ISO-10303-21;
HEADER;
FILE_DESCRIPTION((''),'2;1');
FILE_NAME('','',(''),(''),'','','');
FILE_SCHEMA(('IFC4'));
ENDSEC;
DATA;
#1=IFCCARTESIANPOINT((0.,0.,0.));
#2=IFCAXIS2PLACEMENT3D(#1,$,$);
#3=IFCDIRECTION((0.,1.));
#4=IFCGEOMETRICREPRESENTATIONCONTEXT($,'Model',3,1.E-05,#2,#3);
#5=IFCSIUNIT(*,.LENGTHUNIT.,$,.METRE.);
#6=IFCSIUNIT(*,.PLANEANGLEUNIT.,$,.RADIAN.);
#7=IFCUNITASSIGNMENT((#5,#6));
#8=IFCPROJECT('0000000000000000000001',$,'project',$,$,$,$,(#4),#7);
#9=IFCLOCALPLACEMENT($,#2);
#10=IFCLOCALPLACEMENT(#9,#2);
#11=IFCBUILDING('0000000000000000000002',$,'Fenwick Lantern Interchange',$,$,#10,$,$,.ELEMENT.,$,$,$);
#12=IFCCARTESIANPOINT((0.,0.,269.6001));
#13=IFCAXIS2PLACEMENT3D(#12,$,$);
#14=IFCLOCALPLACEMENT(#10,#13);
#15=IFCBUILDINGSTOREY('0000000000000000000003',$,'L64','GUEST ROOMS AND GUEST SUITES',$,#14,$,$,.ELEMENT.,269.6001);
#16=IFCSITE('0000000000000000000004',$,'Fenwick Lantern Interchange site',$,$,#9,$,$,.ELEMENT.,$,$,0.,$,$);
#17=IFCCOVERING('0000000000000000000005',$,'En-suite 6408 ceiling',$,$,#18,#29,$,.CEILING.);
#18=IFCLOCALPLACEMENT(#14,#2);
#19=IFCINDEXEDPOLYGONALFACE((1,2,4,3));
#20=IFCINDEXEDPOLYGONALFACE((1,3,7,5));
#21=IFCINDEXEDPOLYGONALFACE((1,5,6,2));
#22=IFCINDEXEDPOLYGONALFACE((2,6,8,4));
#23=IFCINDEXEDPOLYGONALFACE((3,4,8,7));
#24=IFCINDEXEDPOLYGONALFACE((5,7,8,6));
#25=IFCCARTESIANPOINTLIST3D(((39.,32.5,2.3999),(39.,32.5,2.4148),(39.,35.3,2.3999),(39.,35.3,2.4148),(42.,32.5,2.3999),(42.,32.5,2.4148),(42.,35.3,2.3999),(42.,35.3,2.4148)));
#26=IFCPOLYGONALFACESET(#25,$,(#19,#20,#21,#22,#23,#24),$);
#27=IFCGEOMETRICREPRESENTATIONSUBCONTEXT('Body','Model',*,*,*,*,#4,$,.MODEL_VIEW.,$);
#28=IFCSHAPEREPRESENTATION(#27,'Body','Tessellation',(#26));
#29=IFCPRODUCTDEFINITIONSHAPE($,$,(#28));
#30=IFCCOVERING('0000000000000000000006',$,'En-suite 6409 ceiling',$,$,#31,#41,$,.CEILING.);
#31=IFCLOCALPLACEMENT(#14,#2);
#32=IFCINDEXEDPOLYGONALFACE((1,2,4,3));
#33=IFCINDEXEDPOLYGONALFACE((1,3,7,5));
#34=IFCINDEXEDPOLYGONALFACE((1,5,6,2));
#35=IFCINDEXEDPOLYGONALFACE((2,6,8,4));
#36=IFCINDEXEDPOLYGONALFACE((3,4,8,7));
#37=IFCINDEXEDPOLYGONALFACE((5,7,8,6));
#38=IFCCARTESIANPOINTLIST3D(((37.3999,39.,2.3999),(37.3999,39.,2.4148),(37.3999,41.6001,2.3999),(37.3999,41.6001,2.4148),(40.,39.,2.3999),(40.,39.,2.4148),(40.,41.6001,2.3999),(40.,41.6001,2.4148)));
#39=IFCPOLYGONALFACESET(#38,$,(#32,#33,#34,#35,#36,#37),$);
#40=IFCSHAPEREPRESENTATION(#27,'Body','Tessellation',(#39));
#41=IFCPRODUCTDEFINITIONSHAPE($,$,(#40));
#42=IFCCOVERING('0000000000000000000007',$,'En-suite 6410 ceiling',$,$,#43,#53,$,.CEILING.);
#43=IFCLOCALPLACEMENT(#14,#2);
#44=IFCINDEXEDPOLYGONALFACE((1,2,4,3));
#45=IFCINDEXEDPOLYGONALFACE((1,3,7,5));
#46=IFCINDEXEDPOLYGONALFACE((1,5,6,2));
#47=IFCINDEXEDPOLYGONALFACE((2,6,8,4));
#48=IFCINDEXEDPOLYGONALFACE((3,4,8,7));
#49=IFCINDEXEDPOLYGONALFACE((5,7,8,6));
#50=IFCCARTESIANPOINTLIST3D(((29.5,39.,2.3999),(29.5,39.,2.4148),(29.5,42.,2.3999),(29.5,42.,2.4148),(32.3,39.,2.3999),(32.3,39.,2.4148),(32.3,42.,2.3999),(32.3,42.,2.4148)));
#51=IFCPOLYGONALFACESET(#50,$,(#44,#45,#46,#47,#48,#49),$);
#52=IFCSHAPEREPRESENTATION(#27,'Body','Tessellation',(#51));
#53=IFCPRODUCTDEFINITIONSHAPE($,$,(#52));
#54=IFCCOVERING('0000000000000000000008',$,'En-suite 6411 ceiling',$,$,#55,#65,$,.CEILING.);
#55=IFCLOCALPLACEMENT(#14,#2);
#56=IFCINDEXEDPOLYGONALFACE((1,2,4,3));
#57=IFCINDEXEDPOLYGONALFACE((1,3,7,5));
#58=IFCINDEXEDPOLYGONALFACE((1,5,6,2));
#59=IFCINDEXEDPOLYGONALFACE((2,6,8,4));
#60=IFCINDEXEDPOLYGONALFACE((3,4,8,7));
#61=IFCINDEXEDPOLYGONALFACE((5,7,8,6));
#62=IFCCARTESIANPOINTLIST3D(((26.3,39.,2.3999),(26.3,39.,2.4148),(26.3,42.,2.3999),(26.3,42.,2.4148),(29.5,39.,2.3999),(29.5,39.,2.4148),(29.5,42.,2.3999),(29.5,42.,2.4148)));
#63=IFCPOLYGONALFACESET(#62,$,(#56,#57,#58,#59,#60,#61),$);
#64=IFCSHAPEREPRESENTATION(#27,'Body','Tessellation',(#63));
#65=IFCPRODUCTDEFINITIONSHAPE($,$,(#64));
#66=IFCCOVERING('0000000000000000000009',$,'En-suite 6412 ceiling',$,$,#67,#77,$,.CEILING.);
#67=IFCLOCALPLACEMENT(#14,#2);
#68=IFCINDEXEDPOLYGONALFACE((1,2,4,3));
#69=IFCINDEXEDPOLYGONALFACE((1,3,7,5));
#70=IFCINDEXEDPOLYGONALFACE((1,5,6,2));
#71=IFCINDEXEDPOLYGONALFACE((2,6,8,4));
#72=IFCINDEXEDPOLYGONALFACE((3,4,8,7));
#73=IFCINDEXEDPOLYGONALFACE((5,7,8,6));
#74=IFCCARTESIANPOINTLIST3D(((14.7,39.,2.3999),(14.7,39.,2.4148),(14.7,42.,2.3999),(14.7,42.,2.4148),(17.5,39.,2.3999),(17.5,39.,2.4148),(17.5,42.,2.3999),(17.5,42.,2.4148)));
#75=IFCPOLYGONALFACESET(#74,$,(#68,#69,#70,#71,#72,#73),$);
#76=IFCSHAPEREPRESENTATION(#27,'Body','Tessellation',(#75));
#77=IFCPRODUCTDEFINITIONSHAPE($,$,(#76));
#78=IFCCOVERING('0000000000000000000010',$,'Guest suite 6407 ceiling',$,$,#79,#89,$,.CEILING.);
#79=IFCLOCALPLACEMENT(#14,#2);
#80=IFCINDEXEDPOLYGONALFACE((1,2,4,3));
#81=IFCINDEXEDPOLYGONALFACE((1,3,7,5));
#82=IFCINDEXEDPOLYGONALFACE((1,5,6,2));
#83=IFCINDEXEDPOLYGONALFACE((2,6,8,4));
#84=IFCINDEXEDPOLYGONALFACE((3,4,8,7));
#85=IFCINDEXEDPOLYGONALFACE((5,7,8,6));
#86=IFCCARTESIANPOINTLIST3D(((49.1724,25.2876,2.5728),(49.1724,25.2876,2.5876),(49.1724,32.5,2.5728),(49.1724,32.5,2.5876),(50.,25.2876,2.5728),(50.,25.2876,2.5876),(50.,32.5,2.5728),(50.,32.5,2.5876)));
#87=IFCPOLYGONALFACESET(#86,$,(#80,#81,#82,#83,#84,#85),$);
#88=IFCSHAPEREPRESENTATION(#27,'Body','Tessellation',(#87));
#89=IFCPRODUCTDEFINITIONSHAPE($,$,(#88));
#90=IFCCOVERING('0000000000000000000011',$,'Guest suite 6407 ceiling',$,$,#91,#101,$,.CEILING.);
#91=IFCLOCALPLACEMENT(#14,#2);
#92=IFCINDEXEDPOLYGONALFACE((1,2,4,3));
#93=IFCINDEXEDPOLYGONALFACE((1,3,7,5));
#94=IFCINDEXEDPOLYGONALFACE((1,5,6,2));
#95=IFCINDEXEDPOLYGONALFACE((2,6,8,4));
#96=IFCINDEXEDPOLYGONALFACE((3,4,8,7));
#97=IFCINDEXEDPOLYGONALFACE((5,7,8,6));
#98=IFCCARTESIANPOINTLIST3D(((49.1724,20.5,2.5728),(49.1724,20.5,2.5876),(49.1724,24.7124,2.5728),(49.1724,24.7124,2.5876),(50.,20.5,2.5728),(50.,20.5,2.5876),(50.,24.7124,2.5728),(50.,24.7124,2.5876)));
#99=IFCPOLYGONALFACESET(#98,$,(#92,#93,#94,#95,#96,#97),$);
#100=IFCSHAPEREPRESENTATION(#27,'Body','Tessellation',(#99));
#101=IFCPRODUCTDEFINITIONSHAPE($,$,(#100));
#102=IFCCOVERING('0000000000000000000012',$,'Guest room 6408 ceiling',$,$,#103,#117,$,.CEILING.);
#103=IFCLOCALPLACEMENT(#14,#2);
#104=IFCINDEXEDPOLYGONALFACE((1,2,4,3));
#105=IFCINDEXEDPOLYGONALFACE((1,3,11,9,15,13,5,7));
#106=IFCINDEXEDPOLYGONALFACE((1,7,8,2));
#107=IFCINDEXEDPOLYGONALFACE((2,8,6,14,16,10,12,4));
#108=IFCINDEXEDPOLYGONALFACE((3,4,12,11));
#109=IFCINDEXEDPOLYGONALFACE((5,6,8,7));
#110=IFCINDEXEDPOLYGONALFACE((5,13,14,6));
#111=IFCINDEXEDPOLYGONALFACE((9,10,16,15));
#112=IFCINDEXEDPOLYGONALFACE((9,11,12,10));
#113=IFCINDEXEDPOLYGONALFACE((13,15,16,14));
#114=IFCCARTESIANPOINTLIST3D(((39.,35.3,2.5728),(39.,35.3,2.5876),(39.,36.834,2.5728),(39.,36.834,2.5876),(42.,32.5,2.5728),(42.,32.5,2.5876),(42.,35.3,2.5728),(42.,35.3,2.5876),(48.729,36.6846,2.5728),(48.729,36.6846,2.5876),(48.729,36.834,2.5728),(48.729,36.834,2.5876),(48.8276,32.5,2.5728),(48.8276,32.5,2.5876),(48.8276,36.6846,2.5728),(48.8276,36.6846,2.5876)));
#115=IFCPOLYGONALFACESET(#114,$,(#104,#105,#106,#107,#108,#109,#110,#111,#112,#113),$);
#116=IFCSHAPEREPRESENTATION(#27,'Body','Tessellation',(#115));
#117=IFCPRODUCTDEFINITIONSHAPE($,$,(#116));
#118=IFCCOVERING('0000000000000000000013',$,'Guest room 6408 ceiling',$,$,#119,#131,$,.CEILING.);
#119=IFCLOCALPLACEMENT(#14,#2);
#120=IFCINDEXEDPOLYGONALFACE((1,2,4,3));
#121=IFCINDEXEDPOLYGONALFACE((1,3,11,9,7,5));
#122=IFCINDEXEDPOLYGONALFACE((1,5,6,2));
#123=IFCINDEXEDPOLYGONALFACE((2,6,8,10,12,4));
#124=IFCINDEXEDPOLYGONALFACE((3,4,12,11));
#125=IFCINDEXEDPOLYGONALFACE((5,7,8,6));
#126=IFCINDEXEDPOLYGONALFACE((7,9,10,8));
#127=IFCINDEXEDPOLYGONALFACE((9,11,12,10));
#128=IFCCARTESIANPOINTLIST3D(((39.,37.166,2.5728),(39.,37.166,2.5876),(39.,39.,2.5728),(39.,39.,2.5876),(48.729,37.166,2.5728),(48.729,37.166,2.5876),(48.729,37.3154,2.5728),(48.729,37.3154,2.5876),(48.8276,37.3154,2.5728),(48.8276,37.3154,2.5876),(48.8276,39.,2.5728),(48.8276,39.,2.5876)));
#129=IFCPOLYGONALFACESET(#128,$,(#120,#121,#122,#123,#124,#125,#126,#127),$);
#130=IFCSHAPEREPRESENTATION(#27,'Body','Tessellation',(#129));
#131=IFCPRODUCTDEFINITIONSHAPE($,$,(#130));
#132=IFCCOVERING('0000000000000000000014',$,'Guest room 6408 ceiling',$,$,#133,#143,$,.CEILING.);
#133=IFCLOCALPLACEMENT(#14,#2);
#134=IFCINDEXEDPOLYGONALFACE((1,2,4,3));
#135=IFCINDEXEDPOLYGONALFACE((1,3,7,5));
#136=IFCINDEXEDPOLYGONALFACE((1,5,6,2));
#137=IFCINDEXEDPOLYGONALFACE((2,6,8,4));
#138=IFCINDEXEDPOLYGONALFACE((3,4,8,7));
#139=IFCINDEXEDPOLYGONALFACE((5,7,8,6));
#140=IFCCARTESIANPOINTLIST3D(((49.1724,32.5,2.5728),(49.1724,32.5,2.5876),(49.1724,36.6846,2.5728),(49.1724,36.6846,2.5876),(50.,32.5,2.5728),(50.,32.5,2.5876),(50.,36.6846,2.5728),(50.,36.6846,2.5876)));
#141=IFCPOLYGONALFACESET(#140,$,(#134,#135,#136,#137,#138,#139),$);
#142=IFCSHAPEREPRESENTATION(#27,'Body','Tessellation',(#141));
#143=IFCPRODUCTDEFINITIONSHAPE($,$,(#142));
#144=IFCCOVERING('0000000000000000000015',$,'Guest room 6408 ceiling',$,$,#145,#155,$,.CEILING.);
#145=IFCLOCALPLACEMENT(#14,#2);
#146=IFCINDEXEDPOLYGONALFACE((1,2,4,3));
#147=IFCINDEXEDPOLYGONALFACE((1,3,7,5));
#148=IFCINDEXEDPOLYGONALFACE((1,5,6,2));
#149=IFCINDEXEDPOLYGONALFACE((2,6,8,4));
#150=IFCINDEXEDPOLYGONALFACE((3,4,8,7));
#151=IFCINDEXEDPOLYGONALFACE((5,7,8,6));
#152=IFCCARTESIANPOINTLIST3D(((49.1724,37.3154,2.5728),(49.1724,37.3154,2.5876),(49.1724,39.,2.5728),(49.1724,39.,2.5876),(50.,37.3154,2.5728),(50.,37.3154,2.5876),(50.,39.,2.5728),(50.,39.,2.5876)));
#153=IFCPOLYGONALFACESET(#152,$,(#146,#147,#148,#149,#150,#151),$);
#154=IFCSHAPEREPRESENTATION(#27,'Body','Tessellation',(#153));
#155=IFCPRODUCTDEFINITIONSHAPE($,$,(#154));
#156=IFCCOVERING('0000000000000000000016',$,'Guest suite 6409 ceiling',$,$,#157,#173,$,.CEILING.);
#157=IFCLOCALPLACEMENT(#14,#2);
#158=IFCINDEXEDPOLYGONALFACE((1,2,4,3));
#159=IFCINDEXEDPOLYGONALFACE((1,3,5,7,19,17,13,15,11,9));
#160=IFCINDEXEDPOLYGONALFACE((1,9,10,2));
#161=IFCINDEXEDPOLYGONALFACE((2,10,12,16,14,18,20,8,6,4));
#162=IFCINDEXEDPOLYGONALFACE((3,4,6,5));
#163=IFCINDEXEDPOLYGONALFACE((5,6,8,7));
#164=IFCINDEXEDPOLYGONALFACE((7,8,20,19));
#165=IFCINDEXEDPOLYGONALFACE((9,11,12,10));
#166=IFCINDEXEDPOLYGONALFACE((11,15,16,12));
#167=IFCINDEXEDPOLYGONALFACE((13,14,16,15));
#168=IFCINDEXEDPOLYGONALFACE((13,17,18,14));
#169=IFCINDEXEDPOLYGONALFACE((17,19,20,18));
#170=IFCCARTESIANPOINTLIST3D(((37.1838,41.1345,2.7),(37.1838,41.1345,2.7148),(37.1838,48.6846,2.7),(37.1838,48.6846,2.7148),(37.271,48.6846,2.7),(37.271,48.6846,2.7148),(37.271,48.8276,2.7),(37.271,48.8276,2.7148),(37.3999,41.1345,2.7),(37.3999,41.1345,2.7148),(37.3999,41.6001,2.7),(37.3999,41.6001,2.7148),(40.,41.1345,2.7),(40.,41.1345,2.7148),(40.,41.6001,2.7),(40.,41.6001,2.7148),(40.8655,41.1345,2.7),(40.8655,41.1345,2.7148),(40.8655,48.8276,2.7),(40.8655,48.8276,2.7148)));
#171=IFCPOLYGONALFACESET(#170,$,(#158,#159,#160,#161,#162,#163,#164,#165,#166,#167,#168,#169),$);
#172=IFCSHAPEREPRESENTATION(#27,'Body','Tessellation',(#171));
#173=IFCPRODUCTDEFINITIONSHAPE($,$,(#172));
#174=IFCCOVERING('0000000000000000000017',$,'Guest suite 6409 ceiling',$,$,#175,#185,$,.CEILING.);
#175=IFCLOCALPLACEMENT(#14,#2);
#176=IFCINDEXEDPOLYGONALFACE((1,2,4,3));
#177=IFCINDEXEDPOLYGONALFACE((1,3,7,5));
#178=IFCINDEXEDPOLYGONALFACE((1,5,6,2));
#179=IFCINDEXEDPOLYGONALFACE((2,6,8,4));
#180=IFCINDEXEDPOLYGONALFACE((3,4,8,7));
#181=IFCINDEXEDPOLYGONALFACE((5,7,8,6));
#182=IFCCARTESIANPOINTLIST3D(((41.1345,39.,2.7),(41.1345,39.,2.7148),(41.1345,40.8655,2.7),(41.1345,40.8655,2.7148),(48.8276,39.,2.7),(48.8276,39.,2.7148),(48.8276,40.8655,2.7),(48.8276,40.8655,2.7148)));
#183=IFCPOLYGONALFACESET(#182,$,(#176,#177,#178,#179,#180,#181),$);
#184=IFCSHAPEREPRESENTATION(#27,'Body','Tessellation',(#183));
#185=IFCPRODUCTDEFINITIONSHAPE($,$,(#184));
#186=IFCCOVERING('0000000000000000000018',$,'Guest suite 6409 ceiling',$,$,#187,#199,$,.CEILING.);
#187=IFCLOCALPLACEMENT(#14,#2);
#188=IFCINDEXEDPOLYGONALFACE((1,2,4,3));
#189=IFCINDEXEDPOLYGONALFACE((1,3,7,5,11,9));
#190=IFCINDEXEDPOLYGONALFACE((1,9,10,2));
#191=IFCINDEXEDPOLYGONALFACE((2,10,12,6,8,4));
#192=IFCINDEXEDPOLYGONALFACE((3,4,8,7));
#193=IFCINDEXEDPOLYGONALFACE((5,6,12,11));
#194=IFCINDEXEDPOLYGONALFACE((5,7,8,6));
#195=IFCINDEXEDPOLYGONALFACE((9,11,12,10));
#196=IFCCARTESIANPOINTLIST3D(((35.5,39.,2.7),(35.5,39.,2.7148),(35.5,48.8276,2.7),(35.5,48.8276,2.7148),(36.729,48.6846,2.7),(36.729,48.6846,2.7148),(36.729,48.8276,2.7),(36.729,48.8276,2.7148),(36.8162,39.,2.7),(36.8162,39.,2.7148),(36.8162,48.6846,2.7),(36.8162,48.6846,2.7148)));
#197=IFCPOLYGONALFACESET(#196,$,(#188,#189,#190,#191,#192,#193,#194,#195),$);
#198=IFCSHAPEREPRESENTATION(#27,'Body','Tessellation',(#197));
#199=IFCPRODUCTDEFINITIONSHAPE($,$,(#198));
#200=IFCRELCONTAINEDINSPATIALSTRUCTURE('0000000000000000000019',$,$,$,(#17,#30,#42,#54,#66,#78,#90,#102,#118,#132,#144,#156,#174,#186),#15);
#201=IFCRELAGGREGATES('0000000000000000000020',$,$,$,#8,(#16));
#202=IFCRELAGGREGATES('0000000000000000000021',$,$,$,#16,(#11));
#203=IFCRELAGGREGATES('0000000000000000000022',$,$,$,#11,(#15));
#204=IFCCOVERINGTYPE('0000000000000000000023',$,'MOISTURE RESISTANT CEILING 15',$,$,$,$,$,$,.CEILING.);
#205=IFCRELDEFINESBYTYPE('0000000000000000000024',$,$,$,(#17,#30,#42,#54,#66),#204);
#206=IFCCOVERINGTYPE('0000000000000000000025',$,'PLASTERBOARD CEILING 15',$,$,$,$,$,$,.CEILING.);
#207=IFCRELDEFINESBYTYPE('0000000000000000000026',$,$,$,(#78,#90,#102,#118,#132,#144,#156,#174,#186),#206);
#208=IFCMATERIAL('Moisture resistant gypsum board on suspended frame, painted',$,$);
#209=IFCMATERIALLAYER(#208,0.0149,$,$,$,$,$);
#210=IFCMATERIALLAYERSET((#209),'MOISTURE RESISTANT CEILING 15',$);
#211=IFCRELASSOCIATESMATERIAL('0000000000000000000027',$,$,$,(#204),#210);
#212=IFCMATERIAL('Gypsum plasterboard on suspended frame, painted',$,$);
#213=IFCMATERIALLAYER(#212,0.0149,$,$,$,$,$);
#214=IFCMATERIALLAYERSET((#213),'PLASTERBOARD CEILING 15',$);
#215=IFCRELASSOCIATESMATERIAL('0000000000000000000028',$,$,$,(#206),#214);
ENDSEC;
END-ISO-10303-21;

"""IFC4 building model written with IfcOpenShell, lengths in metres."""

from ifc_helpers import new_model, si_unit, direction, frame, origin, place, context, subcontext, project, spatial, polyline, outline, extrude, material, layer, layer_set, type_object, element, save


model = new_model("IFC4")

# Units and contexts
model_context = context("Model", 3, precision=1e-05, world=origin(), true_north=direction((0.0, 1.0)))
body_context = subcontext(model_context, "Body", "Model", "MODEL_VIEW")
ifc_project = project(units=[si_unit("LENGTHUNIT", "METRE"), si_unit("PLANEANGLEUNIT", "RADIAN")], contexts=[model_context])

# Site, building, storey
site_placement = place(None, origin())
site = spatial("IfcSite", under=ifc_project, at=site_placement, Name="Fenwick Lantern Interchange site", CompositionType="ELEMENT", RefElevation=0.0)
building_placement = place(site_placement, origin())
building = spatial("IfcBuilding", under=site, at=building_placement, Name="Fenwick Lantern Interchange", CompositionType="ELEMENT")
storey_placement = place(building_placement, frame((0.0, 0.0, 269.6001)))
storey = spatial("IfcBuildingStorey", under=building, at=storey_placement, Name="L64", Description="GUEST ROOMS AND GUEST SUITES", CompositionType="ELEMENT", Elevation=269.6001)

# Coverings
ifc_material_1 = material(Name="Moisture resistant gypsum board on suspended frame, painted")
ifc_layer_1 = layer(ifc_material_1, 0.0149)
ifc_layer_set_1 = layer_set([ifc_layer_1], Name="MOISTURE RESISTANT CEILING 15")
covering_type_1 = type_object("IfcCoveringType", Name="MOISTURE RESISTANT CEILING 15", PredefinedType="CEILING", material=ifc_layer_set_1)
covering_1_placement = place(storey_placement, frame((0.0, 0.0, 2.3999)))
element("IfcCovering", 1, at=covering_1_placement, inside=storey, type_object=covering_type_1, Name="En-suite 6408 ceiling", PredefinedType="CEILING", context=body_context, shape_type="SweptSolid", body=[
    extrude(outline(polyline([(42.0, 32.5), (42.0, 35.3), (39.0, 35.3), (39.0, 32.5), (42.0, 32.5)])), origin(), (0.0, 0.0, 1.0), 0.0149),
])
covering_2_placement = place(storey_placement, frame((0.0, 0.0, 2.3999)))
element("IfcCovering", 2, at=covering_2_placement, inside=storey, type_object=covering_type_1, Name="En-suite 6409 ceiling", PredefinedType="CEILING", context=body_context, shape_type="SweptSolid", body=[
    extrude(outline(polyline([(40.0, 41.6001), (37.3999, 41.6001), (37.3999, 39.0), (40.0, 39.0), (40.0, 41.6001)])), origin(), (0.0, 0.0, 1.0), 0.0149),
])
covering_3_placement = place(storey_placement, frame((0.0, 0.0, 2.3999)))
element("IfcCovering", 3, at=covering_3_placement, inside=storey, type_object=covering_type_1, Name="En-suite 6410 ceiling", PredefinedType="CEILING", context=body_context, shape_type="SweptSolid", body=[
    extrude(outline(polyline([(32.3, 42.0), (29.5, 42.0), (29.5, 39.0), (32.3, 39.0), (32.3, 42.0)])), origin(), (0.0, 0.0, 1.0), 0.0149),
])
covering_4_placement = place(storey_placement, frame((0.0, 0.0, 2.3999)))
element("IfcCovering", 4, at=covering_4_placement, inside=storey, type_object=covering_type_1, Name="En-suite 6411 ceiling", PredefinedType="CEILING", context=body_context, shape_type="SweptSolid", body=[
    extrude(outline(polyline([(29.5, 42.0), (26.3, 42.0), (26.3, 39.0), (29.5, 39.0), (29.5, 42.0)])), origin(), (0.0, 0.0, 1.0), 0.0149),
])
covering_5_placement = place(storey_placement, frame((0.0, 0.0, 2.3999)))
element("IfcCovering", 5, at=covering_5_placement, inside=storey, type_object=covering_type_1, Name="En-suite 6412 ceiling", PredefinedType="CEILING", context=body_context, shape_type="SweptSolid", body=[
    extrude(outline(polyline([(17.5, 42.0), (14.7, 42.0), (14.7, 39.0), (17.5, 39.0), (17.5, 42.0)])), origin(), (0.0, 0.0, 1.0), 0.0149),
])
ifc_material_2 = material(Name="Gypsum plasterboard on suspended frame, painted")
ifc_layer_2 = layer(ifc_material_2, 0.0149)
ifc_layer_set_2 = layer_set([ifc_layer_2], Name="PLASTERBOARD CEILING 15")
covering_type_2 = type_object("IfcCoveringType", Name="PLASTERBOARD CEILING 15", PredefinedType="CEILING", material=ifc_layer_set_2)
covering_6_placement = place(storey_placement, frame((0.0, 0.0, 2.5728)))
element("IfcCovering", 6, at=covering_6_placement, inside=storey, type_object=covering_type_2, Name="Guest suite 6407 ceiling", PredefinedType="CEILING", context=body_context, shape_type="SweptSolid", body=[
    extrude(outline(polyline([(50.0, 25.2876), (50.0, 32.5), (49.1724, 32.5), (49.1724, 25.2876), (50.0, 25.2876)])), origin(), (0.0, 0.0, 1.0), 0.0149),
])
covering_7_placement = place(storey_placement, frame((0.0, 0.0, 2.5728)))
element("IfcCovering", 7, at=covering_7_placement, inside=storey, type_object=covering_type_2, Name="Guest suite 6407 ceiling", PredefinedType="CEILING", context=body_context, shape_type="SweptSolid", body=[
    extrude(outline(polyline([(50.0, 24.7124), (49.1724, 24.7124), (49.1724, 20.5), (50.0, 20.5), (50.0, 24.7124)])), origin(), (0.0, 0.0, 1.0), 0.0149),
])
covering_8_placement = place(storey_placement, frame((0.0, 0.0, 2.5728)))
element("IfcCovering", 8, at=covering_8_placement, inside=storey, type_object=covering_type_2, Name="Guest room 6408 ceiling", PredefinedType="CEILING", context=body_context, shape_type="SweptSolid", body=[
    extrude(outline(polyline([(48.729, 36.6846), (48.729, 36.834), (39.0, 36.834), (39.0, 35.3), (42.0, 35.3), (42.0, 32.5), (48.8276, 32.5), (48.8276, 36.6846), (48.729, 36.6846)])), origin(), (0.0, 0.0, 1.0), 0.0149),
])
covering_9_placement = place(storey_placement, frame((0.0, 0.0, 2.5728)))
element("IfcCovering", 9, at=covering_9_placement, inside=storey, type_object=covering_type_2, Name="Guest room 6408 ceiling", PredefinedType="CEILING", context=body_context, shape_type="SweptSolid", body=[
    extrude(outline(polyline([(48.729, 37.3154), (48.8276, 37.3154), (48.8276, 39.0), (39.0, 39.0), (39.0, 37.166), (48.729, 37.166), (48.729, 37.3154)])), origin(), (0.0, 0.0, 1.0), 0.0149),
])
covering_10_placement = place(storey_placement, frame((0.0, 0.0, 2.5728)))
element("IfcCovering", 10, at=covering_10_placement, inside=storey, type_object=covering_type_2, Name="Guest room 6408 ceiling", PredefinedType="CEILING", context=body_context, shape_type="SweptSolid", body=[
    extrude(outline(polyline([(50.0, 36.6846), (49.1724, 36.6846), (49.1724, 32.5), (50.0, 32.5), (50.0, 36.6846)])), origin(), (0.0, 0.0, 1.0), 0.0149),
])
covering_11_placement = place(storey_placement, frame((0.0, 0.0, 2.5728)))
element("IfcCovering", 11, at=covering_11_placement, inside=storey, type_object=covering_type_2, Name="Guest room 6408 ceiling", PredefinedType="CEILING", context=body_context, shape_type="SweptSolid", body=[
    extrude(outline(polyline([(50.0, 37.3154), (50.0, 39.0), (49.1724, 39.0), (49.1724, 37.3154), (50.0, 37.3154)])), origin(), (0.0, 0.0, 1.0), 0.0149),
])
covering_12_placement = place(storey_placement, frame((0.0, 0.0, 2.7)))
element("IfcCovering", 12, at=covering_12_placement, inside=storey, type_object=covering_type_2, Name="Guest suite 6409 ceiling", PredefinedType="CEILING", context=body_context, shape_type="SweptSolid", body=[
    extrude(outline(polyline([(40.0, 41.6001), (40.0, 41.1345), (40.8655, 41.1345), (40.8655, 48.8276), (37.271, 48.8276), (37.271, 48.6846), (37.1838, 48.6846), (37.1838, 41.1345), (37.3999, 41.1345), (37.3999, 41.6001), (40.0, 41.6001)])), origin(), (0.0, 0.0, 1.0), 0.0149),
])
covering_13_placement = place(storey_placement, frame((0.0, 0.0, 2.7)))
element("IfcCovering", 13, at=covering_13_placement, inside=storey, type_object=covering_type_2, Name="Guest suite 6409 ceiling", PredefinedType="CEILING", context=body_context, shape_type="SweptSolid", body=[
    extrude(outline(polyline([(41.1345, 39.0), (48.8276, 39.0), (48.8276, 40.8655), (41.1345, 40.8655), (41.1345, 39.0)])), origin(), (0.0, 0.0, 1.0), 0.0149),
])
covering_14_placement = place(storey_placement, frame((0.0, 0.0, 2.7)))
element("IfcCovering", 14, at=covering_14_placement, inside=storey, type_object=covering_type_2, Name="Guest suite 6409 ceiling", PredefinedType="CEILING", context=body_context, shape_type="SweptSolid", body=[
    extrude(outline(polyline([(35.5, 39.0), (36.8162, 39.0), (36.8162, 48.6846), (36.729, 48.6846), (36.729, 48.8276), (35.5, 48.8276), (35.5, 39.0)])), origin(), (0.0, 0.0, 1.0), 0.0149),
])

save(model, "model.ifc")
